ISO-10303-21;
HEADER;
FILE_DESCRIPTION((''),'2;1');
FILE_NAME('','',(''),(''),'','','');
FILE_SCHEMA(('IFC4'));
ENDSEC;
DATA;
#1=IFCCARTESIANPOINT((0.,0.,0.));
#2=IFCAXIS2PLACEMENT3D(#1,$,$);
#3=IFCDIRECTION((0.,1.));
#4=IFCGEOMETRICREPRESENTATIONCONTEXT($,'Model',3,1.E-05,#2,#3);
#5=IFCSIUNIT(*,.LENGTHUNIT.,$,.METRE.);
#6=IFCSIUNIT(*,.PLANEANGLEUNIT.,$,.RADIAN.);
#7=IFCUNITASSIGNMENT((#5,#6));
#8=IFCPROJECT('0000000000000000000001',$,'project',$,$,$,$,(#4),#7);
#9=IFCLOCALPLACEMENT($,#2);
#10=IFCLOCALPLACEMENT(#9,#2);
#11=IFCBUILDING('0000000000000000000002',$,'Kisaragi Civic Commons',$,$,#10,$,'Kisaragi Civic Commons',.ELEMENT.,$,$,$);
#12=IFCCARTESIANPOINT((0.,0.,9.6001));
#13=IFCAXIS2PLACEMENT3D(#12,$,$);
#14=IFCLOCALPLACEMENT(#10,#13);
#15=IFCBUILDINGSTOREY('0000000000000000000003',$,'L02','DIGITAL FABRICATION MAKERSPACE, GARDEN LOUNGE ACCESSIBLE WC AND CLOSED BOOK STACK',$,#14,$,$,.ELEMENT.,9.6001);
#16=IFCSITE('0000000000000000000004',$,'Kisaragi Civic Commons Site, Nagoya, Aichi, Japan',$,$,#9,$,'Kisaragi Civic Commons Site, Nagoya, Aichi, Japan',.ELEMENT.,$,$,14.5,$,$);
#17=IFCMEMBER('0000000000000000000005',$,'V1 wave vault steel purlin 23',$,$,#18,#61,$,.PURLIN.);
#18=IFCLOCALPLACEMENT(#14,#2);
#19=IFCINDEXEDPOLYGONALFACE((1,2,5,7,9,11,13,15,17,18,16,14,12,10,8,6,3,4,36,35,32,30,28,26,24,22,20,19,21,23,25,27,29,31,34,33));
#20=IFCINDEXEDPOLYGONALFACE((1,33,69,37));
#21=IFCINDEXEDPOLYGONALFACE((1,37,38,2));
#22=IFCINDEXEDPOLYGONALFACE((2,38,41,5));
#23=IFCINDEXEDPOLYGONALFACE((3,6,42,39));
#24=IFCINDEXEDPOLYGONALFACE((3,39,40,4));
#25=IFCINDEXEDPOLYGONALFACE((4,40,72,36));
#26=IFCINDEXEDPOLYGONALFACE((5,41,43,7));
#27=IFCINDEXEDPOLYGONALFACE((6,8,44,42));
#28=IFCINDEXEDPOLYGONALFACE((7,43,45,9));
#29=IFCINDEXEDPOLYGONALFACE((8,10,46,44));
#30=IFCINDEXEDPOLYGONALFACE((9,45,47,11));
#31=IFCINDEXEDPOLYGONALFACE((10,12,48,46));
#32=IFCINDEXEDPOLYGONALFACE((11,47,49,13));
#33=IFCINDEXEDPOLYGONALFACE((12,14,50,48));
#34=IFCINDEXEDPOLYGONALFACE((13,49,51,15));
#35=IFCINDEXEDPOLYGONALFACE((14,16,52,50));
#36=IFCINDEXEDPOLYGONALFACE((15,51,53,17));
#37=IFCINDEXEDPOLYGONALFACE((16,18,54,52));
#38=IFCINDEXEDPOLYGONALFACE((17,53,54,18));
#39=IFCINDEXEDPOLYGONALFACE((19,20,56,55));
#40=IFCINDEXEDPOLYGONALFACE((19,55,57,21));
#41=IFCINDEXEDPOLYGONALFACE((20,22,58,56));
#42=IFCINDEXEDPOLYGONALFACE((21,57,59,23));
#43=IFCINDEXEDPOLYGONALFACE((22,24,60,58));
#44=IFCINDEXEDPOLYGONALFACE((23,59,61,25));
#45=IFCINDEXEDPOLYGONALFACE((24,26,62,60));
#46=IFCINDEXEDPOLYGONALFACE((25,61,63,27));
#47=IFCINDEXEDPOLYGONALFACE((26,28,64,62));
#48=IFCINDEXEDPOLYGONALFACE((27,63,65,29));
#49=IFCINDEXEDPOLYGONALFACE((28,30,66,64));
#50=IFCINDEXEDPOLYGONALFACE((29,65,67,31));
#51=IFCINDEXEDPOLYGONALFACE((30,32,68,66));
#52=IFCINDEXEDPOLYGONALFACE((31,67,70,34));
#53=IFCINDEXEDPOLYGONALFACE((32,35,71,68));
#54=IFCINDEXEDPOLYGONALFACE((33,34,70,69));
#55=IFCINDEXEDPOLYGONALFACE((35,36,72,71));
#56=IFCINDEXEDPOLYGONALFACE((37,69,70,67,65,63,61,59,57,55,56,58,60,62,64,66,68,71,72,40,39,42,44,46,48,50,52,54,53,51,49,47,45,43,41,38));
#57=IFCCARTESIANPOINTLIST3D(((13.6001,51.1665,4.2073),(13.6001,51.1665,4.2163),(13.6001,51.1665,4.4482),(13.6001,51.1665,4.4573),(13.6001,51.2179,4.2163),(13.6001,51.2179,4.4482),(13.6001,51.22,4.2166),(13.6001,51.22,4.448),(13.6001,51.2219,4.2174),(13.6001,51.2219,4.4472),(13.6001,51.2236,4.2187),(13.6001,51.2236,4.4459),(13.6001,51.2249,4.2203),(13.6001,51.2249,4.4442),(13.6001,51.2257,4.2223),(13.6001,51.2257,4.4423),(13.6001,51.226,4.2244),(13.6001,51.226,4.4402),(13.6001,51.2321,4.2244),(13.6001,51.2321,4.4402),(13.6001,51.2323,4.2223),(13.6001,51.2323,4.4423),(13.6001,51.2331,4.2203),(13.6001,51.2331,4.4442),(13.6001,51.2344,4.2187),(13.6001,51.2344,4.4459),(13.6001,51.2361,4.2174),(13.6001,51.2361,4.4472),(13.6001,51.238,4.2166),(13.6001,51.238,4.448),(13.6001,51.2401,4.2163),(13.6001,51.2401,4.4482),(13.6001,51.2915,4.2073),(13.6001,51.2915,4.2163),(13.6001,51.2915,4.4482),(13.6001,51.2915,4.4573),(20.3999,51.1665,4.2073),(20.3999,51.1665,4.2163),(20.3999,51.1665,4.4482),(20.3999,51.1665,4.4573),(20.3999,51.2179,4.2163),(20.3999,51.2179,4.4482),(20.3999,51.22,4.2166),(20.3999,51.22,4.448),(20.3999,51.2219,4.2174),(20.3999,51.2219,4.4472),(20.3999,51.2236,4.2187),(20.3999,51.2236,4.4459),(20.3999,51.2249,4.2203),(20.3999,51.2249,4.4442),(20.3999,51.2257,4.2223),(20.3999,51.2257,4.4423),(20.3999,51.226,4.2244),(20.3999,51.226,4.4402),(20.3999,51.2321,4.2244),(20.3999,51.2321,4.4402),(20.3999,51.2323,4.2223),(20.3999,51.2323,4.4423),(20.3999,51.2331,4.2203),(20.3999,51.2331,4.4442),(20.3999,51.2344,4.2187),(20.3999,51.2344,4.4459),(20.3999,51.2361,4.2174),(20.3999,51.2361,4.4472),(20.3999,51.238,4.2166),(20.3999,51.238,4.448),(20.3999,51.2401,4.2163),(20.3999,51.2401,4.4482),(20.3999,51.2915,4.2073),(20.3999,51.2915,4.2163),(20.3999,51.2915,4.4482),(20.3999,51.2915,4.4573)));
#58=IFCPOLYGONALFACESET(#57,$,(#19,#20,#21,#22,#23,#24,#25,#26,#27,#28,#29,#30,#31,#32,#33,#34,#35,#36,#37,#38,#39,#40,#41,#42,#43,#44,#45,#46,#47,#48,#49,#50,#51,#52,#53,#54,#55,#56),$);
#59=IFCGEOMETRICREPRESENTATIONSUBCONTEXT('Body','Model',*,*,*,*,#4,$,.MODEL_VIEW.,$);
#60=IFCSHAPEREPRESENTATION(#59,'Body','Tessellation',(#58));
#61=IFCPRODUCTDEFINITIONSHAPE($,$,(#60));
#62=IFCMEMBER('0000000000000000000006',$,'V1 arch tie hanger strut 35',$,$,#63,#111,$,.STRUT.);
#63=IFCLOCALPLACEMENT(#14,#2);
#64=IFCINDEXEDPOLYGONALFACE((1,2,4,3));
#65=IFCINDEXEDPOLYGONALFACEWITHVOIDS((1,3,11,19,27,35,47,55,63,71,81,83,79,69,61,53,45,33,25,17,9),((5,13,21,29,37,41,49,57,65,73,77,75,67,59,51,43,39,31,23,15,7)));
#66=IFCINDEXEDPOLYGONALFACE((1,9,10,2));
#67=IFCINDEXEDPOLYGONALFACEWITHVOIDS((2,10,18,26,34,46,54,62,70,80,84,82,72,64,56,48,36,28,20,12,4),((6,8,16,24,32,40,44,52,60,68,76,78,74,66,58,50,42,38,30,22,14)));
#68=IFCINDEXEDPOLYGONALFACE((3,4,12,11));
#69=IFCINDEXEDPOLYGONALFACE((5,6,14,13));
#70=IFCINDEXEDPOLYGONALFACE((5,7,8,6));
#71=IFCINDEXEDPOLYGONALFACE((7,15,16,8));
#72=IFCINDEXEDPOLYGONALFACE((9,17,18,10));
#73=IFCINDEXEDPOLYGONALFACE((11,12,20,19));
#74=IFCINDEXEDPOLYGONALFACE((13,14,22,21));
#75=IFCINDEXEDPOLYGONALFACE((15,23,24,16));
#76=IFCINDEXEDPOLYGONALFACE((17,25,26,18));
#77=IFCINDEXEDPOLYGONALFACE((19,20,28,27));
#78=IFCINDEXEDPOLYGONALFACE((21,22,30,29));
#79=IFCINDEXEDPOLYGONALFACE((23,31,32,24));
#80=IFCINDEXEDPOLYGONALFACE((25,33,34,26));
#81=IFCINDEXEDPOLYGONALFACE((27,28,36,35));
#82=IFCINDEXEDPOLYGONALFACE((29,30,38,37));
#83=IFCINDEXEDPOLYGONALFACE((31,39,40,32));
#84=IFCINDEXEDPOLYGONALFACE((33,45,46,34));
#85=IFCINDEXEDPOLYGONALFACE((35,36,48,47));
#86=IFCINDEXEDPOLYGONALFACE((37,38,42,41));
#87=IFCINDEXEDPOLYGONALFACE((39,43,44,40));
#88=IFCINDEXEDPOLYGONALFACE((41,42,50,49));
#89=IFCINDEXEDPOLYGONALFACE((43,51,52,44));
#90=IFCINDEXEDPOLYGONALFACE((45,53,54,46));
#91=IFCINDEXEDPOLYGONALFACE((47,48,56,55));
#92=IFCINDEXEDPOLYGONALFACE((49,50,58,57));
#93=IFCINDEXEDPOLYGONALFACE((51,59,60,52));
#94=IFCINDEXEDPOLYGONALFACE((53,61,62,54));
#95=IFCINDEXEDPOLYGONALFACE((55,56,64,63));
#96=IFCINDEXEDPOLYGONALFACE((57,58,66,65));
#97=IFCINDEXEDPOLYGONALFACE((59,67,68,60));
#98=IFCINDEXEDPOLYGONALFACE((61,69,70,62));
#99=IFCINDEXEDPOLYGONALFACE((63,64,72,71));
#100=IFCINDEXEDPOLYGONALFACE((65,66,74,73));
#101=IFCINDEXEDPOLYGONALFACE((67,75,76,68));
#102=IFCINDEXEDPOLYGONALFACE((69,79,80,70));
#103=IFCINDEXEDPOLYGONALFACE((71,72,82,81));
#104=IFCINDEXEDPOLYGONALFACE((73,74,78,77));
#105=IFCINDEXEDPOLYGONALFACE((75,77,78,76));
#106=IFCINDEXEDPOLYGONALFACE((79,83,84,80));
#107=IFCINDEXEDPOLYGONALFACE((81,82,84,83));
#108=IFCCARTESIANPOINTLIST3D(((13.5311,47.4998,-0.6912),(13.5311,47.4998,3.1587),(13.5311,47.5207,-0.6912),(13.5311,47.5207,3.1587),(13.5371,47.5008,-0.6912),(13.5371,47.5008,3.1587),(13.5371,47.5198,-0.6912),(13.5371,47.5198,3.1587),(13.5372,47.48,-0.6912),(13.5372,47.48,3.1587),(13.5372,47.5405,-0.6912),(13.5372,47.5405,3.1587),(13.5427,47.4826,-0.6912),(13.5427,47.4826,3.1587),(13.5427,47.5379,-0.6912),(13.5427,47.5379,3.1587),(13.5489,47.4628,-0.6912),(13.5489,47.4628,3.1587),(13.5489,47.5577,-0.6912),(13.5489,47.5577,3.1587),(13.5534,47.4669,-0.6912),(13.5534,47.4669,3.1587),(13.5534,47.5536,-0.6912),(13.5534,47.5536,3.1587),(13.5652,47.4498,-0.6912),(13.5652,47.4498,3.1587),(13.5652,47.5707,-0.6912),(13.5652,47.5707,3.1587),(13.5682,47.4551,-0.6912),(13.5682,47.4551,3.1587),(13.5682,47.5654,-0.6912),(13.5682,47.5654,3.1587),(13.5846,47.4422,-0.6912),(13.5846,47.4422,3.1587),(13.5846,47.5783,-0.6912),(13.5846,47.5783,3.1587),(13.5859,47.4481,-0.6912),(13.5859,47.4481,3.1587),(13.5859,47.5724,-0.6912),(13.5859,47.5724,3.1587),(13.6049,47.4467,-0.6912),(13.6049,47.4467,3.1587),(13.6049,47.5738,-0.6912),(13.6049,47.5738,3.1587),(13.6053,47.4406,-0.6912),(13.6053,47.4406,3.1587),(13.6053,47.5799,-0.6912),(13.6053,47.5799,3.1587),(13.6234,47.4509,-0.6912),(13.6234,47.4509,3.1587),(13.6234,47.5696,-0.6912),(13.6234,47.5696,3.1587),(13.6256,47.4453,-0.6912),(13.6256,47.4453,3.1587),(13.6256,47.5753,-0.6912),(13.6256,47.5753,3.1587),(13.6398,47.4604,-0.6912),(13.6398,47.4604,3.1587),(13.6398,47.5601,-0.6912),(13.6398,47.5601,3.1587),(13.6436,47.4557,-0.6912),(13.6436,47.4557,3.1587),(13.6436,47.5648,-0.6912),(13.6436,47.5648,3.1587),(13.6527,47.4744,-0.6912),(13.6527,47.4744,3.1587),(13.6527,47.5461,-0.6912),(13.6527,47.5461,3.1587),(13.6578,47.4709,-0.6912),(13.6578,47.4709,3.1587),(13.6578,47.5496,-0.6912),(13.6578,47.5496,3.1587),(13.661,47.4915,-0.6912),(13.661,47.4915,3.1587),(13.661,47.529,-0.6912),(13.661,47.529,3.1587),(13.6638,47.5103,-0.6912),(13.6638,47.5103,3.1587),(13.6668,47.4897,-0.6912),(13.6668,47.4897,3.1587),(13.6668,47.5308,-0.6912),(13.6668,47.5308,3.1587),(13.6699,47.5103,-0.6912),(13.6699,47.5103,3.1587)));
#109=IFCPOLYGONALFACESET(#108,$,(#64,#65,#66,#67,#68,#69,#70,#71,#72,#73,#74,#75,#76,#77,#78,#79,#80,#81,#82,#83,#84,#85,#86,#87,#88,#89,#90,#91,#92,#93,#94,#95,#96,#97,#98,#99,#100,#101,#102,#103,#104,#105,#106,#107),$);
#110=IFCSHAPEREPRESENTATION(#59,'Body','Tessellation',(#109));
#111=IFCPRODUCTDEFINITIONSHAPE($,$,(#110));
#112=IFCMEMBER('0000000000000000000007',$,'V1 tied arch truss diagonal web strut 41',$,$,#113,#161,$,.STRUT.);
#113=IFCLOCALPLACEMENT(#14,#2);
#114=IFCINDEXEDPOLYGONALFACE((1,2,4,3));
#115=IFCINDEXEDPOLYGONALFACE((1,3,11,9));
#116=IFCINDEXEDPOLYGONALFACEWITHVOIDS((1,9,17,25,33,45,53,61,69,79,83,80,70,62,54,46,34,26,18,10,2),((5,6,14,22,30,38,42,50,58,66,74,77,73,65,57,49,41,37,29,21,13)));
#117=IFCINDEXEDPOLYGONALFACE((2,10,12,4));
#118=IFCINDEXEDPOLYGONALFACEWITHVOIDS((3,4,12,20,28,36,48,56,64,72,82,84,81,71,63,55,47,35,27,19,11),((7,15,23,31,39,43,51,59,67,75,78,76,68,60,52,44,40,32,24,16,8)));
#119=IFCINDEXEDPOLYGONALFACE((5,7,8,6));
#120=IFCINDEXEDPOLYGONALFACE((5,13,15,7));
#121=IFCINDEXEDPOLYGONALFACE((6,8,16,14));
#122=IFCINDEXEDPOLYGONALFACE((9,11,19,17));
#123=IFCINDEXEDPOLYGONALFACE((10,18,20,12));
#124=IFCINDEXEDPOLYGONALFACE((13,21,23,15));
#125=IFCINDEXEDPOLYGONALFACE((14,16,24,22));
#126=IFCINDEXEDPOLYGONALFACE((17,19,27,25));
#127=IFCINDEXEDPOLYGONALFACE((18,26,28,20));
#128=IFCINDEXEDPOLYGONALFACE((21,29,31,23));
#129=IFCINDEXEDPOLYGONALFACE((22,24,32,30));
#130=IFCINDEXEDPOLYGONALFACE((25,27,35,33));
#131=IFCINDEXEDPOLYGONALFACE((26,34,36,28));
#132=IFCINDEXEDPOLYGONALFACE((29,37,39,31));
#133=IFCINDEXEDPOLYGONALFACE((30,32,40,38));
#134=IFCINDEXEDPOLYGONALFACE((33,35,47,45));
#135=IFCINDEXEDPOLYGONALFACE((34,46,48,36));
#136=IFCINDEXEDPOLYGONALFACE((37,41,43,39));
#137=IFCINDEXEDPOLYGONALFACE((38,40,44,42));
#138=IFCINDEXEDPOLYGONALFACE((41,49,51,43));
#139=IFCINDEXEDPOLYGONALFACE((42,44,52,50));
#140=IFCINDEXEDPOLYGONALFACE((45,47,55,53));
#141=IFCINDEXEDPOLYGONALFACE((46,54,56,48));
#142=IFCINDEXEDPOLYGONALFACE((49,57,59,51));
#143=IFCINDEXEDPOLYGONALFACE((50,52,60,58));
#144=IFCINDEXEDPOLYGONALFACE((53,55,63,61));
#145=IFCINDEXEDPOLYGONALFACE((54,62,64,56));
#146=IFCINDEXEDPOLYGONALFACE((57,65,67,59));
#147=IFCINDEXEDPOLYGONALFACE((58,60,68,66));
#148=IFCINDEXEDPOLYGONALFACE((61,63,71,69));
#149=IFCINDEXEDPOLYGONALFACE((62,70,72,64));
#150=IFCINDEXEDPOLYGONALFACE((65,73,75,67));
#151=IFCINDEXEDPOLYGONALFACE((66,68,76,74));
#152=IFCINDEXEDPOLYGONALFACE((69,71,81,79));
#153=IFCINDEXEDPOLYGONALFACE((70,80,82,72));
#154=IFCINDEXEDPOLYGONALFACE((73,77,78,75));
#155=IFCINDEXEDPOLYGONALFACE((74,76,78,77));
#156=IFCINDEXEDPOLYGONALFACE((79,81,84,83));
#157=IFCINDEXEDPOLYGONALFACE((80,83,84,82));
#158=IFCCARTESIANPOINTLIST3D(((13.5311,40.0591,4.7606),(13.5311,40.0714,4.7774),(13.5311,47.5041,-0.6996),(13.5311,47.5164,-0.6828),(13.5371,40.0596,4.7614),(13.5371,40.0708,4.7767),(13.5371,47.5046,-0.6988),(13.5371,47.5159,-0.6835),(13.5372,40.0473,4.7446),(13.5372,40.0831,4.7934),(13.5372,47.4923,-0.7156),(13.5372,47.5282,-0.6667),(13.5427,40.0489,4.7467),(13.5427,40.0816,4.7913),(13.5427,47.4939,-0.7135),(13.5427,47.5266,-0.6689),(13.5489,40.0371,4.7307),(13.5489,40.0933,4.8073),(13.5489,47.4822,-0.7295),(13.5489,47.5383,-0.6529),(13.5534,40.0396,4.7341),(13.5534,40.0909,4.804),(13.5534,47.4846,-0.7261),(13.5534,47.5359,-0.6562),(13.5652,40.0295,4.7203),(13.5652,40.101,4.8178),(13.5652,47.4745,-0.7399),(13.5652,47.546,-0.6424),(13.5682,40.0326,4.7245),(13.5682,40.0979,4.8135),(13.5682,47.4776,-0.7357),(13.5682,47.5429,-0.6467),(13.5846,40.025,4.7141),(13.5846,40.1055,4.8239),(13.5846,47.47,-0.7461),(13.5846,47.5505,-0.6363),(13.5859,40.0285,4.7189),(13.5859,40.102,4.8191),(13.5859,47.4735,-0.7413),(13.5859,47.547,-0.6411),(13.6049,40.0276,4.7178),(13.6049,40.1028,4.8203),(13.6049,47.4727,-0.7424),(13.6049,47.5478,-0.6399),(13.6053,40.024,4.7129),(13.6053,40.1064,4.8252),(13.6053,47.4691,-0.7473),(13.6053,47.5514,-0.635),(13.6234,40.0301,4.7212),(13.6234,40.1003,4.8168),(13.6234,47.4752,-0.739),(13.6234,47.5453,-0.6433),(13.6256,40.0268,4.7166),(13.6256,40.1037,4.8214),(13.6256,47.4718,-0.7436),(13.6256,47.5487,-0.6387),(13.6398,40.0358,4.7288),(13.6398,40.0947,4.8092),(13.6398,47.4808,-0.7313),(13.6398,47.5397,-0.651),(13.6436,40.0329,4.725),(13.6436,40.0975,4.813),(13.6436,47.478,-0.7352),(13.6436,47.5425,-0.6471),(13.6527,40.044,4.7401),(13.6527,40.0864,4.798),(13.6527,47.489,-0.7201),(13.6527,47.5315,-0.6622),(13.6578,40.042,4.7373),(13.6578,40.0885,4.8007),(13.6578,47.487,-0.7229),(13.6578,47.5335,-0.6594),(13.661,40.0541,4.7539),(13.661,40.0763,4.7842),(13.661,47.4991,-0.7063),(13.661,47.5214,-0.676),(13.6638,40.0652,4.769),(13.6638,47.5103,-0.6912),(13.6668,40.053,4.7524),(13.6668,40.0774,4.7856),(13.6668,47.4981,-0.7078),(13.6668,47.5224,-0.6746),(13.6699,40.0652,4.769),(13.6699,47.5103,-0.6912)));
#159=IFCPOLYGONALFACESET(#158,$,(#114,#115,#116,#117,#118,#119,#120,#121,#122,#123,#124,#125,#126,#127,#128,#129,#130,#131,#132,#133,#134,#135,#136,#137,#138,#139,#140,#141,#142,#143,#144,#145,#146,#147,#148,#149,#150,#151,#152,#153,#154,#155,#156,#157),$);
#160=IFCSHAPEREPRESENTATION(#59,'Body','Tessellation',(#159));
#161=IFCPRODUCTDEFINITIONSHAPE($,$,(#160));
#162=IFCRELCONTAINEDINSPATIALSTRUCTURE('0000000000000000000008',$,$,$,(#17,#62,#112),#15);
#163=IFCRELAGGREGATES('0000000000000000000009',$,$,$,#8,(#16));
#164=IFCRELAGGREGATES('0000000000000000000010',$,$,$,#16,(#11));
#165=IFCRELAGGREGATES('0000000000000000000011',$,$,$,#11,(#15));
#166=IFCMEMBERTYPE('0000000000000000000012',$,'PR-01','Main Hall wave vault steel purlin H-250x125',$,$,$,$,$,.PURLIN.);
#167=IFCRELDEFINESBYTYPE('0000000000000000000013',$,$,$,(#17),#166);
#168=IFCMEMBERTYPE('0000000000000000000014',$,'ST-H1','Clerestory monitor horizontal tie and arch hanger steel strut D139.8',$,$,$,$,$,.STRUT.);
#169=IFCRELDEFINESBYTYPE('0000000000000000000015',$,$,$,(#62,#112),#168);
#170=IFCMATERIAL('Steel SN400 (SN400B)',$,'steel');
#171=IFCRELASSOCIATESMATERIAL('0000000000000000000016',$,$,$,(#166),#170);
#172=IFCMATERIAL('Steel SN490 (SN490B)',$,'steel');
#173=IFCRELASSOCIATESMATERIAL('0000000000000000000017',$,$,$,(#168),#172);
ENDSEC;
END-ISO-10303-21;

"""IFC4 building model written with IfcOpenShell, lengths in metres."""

from ifc_helpers import new_model, si_unit, direction, frame, origin, origin_2d, place, context, subcontext, project, spatial, hollow_circle, i_section, extrude, material, material_profile, profile_set, type_object, element, save


model = new_model("IFC4")

# Units and contexts
model_context = context("Model", 3, precision=1e-05, world=origin(), true_north=direction((0.0, 1.0)))
body_context = subcontext(model_context, "Body", "Model", "MODEL_VIEW")
ifc_project = project(units=[si_unit("LENGTHUNIT", "METRE"), si_unit("PLANEANGLEUNIT", "RADIAN")], contexts=[model_context])

# Site, building, storey
site_placement = place(None, origin())
site = spatial("IfcSite", under=ifc_project, at=site_placement, Name="Kisaragi Civic Commons Site, Nagoya, Aichi, Japan", LongName="Kisaragi Civic Commons Site, Nagoya, Aichi, Japan", CompositionType="ELEMENT", RefElevation=14.5)
building_placement = place(site_placement, origin())
building = spatial("IfcBuilding", under=site, at=building_placement, Name="Kisaragi Civic Commons", LongName="Kisaragi Civic Commons", CompositionType="ELEMENT")
storey_placement = place(building_placement, frame((0.0, 0.0, 9.6001)))
storey = spatial("IfcBuildingStorey", under=building, at=storey_placement, Name="L02", Description="DIGITAL FABRICATION MAKERSPACE, GARDEN LOUNGE ACCESSIBLE WC AND CLOSED BOOK STACK", CompositionType="ELEMENT", Elevation=9.6001)

# Shared definitions
ifc_material_1 = material(Name="Steel SN400 (SN400B)", Category="steel")

# Members
ifc_material_2 = material(Name="Steel SN490 (SN490B)", Category="steel")
ifc_material_profile_1 = material_profile(ifc_material_1, i_section(OverallWidth=0.125, OverallDepth=0.25, WebThickness=0.0061, FlangeThickness=0.009, FilletRadius=0.0081, at=origin_2d()), Name="H-250x125x6x9", Category="steel")
ifc_profile_set_1 = profile_set([ifc_material_profile_1], Name="Steel SN400 (SN400B)")
member_type_1 = type_object("IfcMemberType", Name="PR-01", Description="Main Hall wave vault steel purlin H-250x125", PredefinedType="PURLIN", material=ifc_profile_set_1)
member_1_placement = place(storey_placement, frame((13.6001, 51.229, 4.3323), z_axis=(1.0, 0.0, 0.0), x_axis=(0.0, 1.0, 0.0)))
element("IfcMember", 1, at=member_1_placement, inside=storey, type_object=member_type_1, Name="V1 wave vault steel purlin 23", PredefinedType="PURLIN", context=body_context, shape_type="SweptSolid", body=[
    extrude(i_section(OverallWidth=0.125, OverallDepth=0.25, WebThickness=0.0061, FlangeThickness=0.009, FilletRadius=0.0081, at=origin_2d()), origin(), (0.0, 0.0, 1.0), 6.7998),
])
ifc_material_profile_2 = material_profile(ifc_material_2, hollow_circle(Radius=0.0698, WallThickness=0.0061, at=origin_2d()), Name="CHS-139.8x6.0", Category="steel")
ifc_profile_set_2 = profile_set([ifc_material_profile_2], Name="Steel SN490 (SN490B)")
member_type_2 = type_object("IfcMemberType", Name="ST-H1", Description="Clerestory monitor horizontal tie and arch hanger steel strut D139.8", PredefinedType="STRUT", material=ifc_profile_set_2)
member_2_placement = place(storey_placement, frame((13.6001, 47.5103, -0.6912), z_axis=(0.0, 0.0, 1.0), x_axis=(1.0, 0.0, 0.0)))
element("IfcMember", 2, at=member_2_placement, inside=storey, type_object=member_type_2, Name="V1 arch tie hanger strut 35", PredefinedType="STRUT", context=body_context, shape_type="SweptSolid", body=[
    extrude(hollow_circle(Radius=0.0698, WallThickness=0.0061, at=origin_2d()), origin(), (0.0, 0.0, 1.0), 3.8499),
])
member_3_placement = place(storey_placement, frame((13.6001, 47.5103, -0.6912), z_axis=(0.0, -0.80638, 0.591398), x_axis=(1.0, 0.0, 0.0)))
element("IfcMember", 3, at=member_3_placement, inside=storey, type_object=member_type_2, Name="V1 tied arch truss diagonal web strut 41", PredefinedType="STRUT", context=body_context, shape_type="SweptSolid", body=[
    extrude(hollow_circle(Radius=0.0698, WallThickness=0.0061, at=origin_2d()), origin(), (0.0, 0.0, 1.0), 9.2327),
])

save(model, "model.ifc")
